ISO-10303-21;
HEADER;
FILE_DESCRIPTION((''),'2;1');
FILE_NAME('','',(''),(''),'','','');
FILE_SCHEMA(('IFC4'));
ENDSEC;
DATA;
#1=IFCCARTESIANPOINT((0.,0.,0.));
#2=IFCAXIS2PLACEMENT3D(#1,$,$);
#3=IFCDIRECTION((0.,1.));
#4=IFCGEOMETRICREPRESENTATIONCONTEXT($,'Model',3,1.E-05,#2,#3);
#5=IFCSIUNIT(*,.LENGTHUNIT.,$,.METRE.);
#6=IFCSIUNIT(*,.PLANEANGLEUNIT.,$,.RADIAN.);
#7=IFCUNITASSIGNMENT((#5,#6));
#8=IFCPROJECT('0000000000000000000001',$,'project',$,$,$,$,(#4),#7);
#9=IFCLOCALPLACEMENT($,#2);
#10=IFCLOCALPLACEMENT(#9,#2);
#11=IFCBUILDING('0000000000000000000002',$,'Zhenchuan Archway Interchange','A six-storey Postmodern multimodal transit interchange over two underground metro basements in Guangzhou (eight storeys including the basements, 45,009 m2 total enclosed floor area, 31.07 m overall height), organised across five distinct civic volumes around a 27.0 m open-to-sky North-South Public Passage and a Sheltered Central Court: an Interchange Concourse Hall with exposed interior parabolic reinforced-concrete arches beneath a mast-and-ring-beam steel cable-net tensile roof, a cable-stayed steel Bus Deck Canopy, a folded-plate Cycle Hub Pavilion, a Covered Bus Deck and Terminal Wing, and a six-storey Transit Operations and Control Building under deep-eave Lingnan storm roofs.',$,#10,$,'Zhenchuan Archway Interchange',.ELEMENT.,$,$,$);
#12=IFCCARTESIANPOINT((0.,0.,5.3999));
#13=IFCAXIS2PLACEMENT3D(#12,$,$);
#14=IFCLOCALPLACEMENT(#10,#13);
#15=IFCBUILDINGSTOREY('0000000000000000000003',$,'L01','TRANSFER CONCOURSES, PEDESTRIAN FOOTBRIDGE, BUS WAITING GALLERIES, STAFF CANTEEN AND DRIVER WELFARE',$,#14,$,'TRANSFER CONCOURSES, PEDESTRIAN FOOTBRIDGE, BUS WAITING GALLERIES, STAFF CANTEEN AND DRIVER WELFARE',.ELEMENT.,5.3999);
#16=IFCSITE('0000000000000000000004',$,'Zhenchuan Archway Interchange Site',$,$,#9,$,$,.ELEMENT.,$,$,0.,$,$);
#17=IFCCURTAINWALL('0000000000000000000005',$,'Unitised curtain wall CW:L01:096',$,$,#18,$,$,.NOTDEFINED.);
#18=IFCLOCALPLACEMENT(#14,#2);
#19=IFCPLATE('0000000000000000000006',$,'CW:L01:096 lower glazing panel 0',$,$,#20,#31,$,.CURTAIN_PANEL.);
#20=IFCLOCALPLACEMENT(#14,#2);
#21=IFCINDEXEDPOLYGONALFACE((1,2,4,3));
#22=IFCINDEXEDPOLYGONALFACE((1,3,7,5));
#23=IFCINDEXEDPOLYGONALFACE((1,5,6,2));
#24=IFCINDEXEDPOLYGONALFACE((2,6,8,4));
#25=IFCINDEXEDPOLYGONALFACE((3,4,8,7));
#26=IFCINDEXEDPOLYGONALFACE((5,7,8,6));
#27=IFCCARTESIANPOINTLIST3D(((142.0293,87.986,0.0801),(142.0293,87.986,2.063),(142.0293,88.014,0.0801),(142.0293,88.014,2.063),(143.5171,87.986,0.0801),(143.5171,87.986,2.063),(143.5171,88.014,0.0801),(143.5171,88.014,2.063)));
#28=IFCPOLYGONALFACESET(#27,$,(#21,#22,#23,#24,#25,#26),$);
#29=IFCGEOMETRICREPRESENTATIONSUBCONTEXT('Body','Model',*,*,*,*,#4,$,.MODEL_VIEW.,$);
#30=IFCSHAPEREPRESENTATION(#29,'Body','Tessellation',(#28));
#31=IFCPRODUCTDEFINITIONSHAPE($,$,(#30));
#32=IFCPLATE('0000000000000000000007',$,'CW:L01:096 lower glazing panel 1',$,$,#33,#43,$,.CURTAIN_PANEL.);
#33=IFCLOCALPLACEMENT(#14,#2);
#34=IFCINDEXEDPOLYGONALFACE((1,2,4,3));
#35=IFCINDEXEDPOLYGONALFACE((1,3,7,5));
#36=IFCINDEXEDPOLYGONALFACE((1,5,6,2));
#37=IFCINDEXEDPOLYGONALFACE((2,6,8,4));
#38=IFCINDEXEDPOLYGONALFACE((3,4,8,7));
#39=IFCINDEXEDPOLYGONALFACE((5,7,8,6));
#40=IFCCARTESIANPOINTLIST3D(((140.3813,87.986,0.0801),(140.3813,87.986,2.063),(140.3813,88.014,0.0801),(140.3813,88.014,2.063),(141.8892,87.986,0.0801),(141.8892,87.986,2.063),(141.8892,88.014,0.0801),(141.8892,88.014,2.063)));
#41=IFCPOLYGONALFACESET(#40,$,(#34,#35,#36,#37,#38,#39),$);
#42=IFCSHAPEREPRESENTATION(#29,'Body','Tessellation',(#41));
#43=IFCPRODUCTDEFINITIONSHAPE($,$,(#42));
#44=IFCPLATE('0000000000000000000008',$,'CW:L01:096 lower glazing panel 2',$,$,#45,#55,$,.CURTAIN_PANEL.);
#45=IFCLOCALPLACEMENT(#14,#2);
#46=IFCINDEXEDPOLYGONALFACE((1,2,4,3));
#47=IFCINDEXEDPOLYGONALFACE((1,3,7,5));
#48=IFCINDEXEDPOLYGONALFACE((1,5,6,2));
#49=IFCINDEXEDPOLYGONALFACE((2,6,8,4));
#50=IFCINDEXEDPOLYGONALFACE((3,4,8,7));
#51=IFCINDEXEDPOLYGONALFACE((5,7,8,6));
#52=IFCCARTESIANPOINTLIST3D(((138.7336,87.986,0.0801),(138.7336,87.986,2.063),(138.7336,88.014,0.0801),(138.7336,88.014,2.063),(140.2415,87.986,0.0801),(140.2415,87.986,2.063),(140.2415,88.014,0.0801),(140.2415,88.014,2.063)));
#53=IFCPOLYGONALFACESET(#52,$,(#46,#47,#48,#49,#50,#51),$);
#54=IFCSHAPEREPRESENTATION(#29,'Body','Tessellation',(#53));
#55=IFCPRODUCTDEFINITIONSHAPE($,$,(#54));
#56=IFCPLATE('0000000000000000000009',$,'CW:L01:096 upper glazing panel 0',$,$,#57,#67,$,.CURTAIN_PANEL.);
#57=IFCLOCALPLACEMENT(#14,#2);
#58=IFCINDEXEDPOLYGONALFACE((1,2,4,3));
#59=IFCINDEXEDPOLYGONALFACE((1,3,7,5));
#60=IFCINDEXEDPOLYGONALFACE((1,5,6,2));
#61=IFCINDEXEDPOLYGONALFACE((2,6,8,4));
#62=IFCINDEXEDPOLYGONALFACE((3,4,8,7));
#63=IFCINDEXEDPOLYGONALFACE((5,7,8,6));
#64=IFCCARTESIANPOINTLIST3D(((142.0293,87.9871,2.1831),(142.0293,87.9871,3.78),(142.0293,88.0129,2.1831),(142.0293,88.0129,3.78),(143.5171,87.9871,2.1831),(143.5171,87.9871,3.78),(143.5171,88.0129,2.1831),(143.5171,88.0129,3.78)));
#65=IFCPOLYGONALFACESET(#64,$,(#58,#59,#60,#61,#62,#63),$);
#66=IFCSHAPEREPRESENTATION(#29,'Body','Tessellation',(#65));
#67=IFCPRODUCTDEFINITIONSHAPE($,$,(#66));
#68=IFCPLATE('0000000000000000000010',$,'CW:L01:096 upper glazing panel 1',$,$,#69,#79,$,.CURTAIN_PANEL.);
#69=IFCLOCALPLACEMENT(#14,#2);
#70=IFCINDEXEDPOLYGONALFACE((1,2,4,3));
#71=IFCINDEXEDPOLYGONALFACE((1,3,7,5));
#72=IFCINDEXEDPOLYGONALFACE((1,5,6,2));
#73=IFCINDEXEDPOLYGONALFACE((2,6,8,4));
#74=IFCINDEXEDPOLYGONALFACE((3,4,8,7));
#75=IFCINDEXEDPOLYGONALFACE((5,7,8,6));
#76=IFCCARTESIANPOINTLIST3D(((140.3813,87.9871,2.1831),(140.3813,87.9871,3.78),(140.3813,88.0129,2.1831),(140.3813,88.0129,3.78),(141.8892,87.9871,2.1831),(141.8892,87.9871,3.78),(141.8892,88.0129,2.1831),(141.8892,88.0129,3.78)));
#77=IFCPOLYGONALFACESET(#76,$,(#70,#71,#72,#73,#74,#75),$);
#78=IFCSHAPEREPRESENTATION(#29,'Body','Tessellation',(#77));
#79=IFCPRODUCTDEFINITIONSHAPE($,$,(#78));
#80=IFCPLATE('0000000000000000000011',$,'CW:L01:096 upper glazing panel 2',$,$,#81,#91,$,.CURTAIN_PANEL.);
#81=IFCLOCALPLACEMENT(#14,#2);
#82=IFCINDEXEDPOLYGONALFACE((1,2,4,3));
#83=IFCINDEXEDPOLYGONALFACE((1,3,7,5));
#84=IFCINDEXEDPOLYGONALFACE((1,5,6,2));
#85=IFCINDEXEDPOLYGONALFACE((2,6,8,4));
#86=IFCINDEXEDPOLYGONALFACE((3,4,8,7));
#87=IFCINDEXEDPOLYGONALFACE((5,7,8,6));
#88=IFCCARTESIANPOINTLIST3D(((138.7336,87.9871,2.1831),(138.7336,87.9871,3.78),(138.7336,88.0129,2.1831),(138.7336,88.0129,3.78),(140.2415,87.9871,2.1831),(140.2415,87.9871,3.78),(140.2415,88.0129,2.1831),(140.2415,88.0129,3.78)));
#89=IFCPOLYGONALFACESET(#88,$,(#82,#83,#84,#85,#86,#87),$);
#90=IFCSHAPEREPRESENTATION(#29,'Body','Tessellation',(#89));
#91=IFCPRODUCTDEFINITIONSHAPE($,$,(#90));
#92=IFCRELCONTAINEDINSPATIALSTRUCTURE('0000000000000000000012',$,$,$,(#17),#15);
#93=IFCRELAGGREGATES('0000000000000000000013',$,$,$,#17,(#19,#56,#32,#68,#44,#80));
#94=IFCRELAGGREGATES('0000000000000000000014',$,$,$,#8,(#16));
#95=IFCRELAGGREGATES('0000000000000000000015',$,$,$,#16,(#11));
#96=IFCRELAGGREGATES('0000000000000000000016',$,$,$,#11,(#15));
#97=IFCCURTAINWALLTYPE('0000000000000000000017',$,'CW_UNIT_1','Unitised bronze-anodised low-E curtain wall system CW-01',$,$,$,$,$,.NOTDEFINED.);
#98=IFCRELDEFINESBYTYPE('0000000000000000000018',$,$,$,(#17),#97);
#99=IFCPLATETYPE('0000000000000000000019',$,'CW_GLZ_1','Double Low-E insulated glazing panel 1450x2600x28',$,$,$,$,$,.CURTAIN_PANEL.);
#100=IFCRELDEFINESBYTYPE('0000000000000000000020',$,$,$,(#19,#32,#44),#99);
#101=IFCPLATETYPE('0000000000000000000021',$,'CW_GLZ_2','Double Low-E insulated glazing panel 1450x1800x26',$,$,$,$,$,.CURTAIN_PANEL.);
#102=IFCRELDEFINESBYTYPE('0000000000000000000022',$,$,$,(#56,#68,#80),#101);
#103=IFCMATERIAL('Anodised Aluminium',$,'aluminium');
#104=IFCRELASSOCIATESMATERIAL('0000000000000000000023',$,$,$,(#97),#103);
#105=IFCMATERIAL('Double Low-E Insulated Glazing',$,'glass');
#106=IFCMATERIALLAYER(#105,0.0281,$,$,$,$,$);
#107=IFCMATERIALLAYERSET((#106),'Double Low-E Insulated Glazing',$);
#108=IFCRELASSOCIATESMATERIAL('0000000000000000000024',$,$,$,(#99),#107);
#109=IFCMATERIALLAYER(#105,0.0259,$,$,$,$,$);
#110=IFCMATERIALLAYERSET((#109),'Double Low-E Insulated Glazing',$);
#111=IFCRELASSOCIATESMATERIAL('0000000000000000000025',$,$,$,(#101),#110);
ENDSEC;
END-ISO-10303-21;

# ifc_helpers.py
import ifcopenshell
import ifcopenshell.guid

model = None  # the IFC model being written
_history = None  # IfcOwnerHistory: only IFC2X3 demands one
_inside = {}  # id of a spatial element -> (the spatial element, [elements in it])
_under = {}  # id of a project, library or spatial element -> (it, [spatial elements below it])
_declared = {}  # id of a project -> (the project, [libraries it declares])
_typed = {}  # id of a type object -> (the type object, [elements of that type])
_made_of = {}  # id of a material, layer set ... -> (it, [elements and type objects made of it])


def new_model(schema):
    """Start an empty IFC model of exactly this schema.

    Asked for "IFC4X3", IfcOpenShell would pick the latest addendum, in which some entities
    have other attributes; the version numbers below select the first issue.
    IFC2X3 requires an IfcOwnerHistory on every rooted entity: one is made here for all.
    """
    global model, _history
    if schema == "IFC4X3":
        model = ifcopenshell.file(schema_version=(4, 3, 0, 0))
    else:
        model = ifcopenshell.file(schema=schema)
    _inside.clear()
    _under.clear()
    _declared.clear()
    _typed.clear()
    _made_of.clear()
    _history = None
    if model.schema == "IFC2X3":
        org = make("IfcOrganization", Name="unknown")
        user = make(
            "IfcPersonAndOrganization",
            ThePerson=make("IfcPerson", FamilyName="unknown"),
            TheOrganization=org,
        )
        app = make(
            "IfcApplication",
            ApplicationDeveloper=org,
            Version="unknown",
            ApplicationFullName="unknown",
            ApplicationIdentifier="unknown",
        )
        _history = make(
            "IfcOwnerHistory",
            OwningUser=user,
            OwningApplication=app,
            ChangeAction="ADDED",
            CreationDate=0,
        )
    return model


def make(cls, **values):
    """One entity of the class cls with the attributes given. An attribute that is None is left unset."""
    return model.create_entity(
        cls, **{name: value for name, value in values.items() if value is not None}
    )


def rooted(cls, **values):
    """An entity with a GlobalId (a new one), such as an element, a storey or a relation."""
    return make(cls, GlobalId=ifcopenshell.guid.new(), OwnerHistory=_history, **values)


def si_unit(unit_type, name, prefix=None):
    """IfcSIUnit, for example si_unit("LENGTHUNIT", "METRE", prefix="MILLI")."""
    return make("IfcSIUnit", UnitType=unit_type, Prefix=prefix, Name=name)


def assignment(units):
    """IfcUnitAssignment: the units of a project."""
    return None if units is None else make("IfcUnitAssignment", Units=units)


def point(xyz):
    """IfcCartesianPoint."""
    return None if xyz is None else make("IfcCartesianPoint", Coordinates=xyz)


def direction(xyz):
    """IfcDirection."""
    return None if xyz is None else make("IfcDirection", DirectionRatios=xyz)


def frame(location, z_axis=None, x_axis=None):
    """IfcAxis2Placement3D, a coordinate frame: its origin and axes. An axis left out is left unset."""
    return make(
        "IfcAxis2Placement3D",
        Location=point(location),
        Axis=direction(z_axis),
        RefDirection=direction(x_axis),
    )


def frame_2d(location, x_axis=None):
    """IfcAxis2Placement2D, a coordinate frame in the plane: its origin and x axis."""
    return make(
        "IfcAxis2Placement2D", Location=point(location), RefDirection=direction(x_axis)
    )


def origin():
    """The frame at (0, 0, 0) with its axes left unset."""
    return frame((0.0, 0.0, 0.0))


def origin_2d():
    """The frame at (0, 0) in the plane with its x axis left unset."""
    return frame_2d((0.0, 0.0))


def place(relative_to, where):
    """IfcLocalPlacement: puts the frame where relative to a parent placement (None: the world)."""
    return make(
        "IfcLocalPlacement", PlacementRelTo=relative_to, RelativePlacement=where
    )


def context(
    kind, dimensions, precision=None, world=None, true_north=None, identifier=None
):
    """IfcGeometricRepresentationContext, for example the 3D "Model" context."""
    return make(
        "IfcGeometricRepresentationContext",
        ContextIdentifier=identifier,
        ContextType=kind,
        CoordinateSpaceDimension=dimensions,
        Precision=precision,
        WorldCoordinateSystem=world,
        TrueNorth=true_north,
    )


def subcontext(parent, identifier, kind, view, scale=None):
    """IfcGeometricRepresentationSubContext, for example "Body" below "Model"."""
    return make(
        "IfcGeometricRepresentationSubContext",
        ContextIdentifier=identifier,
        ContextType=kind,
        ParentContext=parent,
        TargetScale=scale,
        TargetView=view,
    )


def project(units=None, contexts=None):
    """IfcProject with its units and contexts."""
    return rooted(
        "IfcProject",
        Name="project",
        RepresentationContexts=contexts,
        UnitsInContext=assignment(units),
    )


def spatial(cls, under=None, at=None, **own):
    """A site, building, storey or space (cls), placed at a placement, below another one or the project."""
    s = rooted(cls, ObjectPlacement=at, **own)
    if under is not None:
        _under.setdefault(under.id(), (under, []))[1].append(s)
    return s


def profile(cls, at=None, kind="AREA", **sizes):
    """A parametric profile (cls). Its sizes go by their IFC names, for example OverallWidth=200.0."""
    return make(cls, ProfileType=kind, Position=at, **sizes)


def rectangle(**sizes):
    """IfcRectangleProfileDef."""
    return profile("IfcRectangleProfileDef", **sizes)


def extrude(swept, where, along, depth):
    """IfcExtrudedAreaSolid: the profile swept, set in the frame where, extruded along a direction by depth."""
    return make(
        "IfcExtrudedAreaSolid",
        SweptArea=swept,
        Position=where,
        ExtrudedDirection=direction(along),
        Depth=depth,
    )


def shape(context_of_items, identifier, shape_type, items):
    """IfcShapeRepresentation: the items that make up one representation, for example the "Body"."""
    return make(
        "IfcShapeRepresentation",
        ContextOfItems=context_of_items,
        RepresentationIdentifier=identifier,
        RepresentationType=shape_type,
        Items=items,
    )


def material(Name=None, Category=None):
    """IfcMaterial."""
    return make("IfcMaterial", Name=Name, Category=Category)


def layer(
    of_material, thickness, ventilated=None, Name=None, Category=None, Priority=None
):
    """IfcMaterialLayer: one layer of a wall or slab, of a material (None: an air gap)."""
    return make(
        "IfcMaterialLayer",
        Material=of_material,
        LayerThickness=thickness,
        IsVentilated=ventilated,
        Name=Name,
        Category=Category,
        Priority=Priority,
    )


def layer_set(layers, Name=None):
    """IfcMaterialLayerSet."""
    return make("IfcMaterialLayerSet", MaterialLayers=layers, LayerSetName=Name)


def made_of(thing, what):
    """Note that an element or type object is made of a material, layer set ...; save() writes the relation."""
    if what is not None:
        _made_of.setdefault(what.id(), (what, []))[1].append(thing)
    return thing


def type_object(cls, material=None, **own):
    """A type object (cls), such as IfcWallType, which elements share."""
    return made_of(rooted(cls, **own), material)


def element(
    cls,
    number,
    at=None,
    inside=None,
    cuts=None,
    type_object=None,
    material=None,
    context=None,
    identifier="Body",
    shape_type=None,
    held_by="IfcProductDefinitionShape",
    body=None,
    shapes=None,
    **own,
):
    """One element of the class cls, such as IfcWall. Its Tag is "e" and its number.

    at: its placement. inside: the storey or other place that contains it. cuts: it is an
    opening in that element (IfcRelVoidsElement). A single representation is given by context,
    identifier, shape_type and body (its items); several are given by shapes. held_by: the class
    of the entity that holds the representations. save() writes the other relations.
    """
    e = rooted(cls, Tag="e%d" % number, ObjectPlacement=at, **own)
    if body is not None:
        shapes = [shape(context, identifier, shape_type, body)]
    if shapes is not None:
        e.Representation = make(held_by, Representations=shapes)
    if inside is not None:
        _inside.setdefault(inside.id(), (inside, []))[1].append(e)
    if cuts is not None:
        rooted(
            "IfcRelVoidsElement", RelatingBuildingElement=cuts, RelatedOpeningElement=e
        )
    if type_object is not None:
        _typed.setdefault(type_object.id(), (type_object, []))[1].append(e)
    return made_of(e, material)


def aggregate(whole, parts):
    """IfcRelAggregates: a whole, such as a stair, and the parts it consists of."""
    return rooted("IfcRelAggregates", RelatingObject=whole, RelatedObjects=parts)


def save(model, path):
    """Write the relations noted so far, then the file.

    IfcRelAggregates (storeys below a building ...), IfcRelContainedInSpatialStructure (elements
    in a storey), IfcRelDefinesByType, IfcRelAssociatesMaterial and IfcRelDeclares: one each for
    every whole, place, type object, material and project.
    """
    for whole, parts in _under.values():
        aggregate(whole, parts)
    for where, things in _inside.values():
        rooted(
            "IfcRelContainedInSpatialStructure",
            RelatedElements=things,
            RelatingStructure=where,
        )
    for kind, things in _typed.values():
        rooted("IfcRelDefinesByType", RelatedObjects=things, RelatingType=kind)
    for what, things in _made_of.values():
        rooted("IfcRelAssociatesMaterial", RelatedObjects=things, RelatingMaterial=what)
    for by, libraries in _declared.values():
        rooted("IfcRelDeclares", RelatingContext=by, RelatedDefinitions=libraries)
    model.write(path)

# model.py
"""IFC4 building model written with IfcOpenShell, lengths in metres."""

from ifc_helpers import new_model, si_unit, direction, frame, origin, origin_2d, place, context, subcontext, project, spatial, rectangle, extrude, material, layer, layer_set, type_object, element, aggregate, save


model = new_model("IFC4")

# Units and contexts
model_context = context("Model", 3, precision=1e-05, world=origin(), true_north=direction((0.0, 1.0)))
body_context = subcontext(model_context, "Body", "Model", "MODEL_VIEW")
ifc_project = project(units=[si_unit("LENGTHUNIT", "METRE"), si_unit("PLANEANGLEUNIT", "RADIAN")], contexts=[model_context])

# Site, building, storey
site_placement = place(None, origin())
site = spatial("IfcSite", under=ifc_project, at=site_placement, Name="Zhenchuan Archway Interchange Site", CompositionType="ELEMENT", RefElevation=0.0)
building_placement = place(site_placement, origin())
building = spatial("IfcBuilding", under=site, at=building_placement, Name="Zhenchuan Archway Interchange", Description="A six-storey Postmodern multimodal transit interchange over two underground metro basements in Guangzhou (eight storeys including the basements, 45,009 m2 total enclosed floor area, 31.07 m overall height), organised across five distinct civic volumes around a 27.0 m open-to-sky North-South Public Passage and a Sheltered Central Court: an Interchange Concourse Hall with exposed interior parabolic reinforced-concrete arches beneath a mast-and-ring-beam steel cable-net tensile roof, a cable-stayed steel Bus Deck Canopy, a folded-plate Cycle Hub Pavilion, a Covered Bus Deck and Terminal Wing, and a six-storey Transit Operations and Control Building under deep-eave Lingnan storm roofs.", LongName="Zhenchuan Archway Interchange", CompositionType="ELEMENT")
storey_placement = place(building_placement, frame((0.0, 0.0, 5.3999)))
storey = spatial("IfcBuildingStorey", under=building, at=storey_placement, Name="L01", Description="TRANSFER CONCOURSES, PEDESTRIAN FOOTBRIDGE, BUS WAITING GALLERIES, STAFF CANTEEN AND DRIVER WELFARE", LongName="TRANSFER CONCOURSES, PEDESTRIAN FOOTBRIDGE, BUS WAITING GALLERIES, STAFF CANTEEN AND DRIVER WELFARE", CompositionType="ELEMENT", Elevation=5.3999)

# Curtain wall
ifc_material_1 = material(Name="Anodised Aluminium", Category="aluminium")
curtain_wall_type = type_object("IfcCurtainWallType", Name="CW_UNIT_1", Description="Unitised bronze-anodised low-E curtain wall system CW-01", PredefinedType="NOTDEFINED", material=ifc_material_1)
curtain_wall_placement = place(storey_placement, origin())
curtain_wall = element("IfcCurtainWall", 1, at=curtain_wall_placement, inside=storey, type_object=curtain_wall_type, Name="Unitised curtain wall CW:L01:096", PredefinedType="NOTDEFINED")

# Plates
ifc_material_2 = material(Name="Double Low-E Insulated Glazing", Category="glass")
ifc_layer_1 = layer(ifc_material_2, 0.0281)
ifc_layer_set_1 = layer_set([ifc_layer_1], Name="Double Low-E Insulated Glazing")
plate_type_1 = type_object("IfcPlateType", Name="CW_GLZ_1", Description="Double Low-E insulated glazing panel 1450x2600x28", PredefinedType="CURTAIN_PANEL", material=ifc_layer_set_1)
plate_1_placement = place(storey_placement, frame((142.7732, 88.0, 0.0801), z_axis=(0.0, 0.0, 1.0), x_axis=(-1.0, 0.0, 0.0)))
plate_1 = element("IfcPlate", 2, at=plate_1_placement, type_object=plate_type_1, Name="CW:L01:096 lower glazing panel 0", PredefinedType="CURTAIN_PANEL", context=body_context, shape_type="SweptSolid", body=[
    extrude(rectangle(XDim=1.4878, YDim=0.0281, at=origin_2d()), origin(), (0.0, 0.0, 1.0), 1.9829),
])
plate_2_placement = place(storey_placement, frame((141.1353, 88.0, 0.0801), z_axis=(0.0, 0.0, 1.0), x_axis=(-1.0, 0.0, 0.0)))
plate_2 = element("IfcPlate", 3, at=plate_2_placement, type_object=plate_type_1, Name="CW:L01:096 lower glazing panel 1", PredefinedType="CURTAIN_PANEL", context=body_context, shape_type="SweptSolid", body=[
    extrude(rectangle(XDim=1.5078, YDim=0.0281, at=origin_2d()), origin(), (0.0, 0.0, 1.0), 1.9829),
])
plate_3_placement = place(storey_placement, frame((139.4875, 88.0, 0.0801), z_axis=(0.0, 0.0, 1.0), x_axis=(-1.0, 0.0, 0.0)))
plate_3 = element("IfcPlate", 4, at=plate_3_placement, type_object=plate_type_1, Name="CW:L01:096 lower glazing panel 2", PredefinedType="CURTAIN_PANEL", context=body_context, shape_type="SweptSolid", body=[
    extrude(rectangle(XDim=1.5078, YDim=0.0281, at=origin_2d()), origin(), (0.0, 0.0, 1.0), 1.9829),
])
ifc_layer_2 = layer(ifc_material_2, 0.0259)
ifc_layer_set_2 = layer_set([ifc_layer_2], Name="Double Low-E Insulated Glazing")
plate_type_2 = type_object("IfcPlateType", Name="CW_GLZ_2", Description="Double Low-E insulated glazing panel 1450x1800x26", PredefinedType="CURTAIN_PANEL", material=ifc_layer_set_2)
plate_4_placement = place(storey_placement, frame((142.7732, 88.0, 2.1831), z_axis=(0.0, 0.0, 1.0), x_axis=(-1.0, 0.0, 0.0)))
plate_4 = element("IfcPlate", 5, at=plate_4_placement, type_object=plate_type_2, Name="CW:L01:096 upper glazing panel 0", PredefinedType="CURTAIN_PANEL", context=body_context, shape_type="SweptSolid", body=[
    extrude(rectangle(XDim=1.4878, YDim=0.0259, at=origin_2d()), origin(), (0.0, 0.0, 1.0), 1.5969),
])
plate_5_placement = place(storey_placement, frame((141.1353, 88.0, 2.1831), z_axis=(0.0, 0.0, 1.0), x_axis=(-1.0, 0.0, 0.0)))
plate_5 = element("IfcPlate", 6, at=plate_5_placement, type_object=plate_type_2, Name="CW:L01:096 upper glazing panel 1", PredefinedType="CURTAIN_PANEL", context=body_context, shape_type="SweptSolid", body=[
    extrude(rectangle(XDim=1.5078, YDim=0.0259, at=origin_2d()), origin(), (0.0, 0.0, 1.0), 1.5969),
])
plate_6_placement = place(storey_placement, frame((139.4875, 88.0, 2.1831), z_axis=(0.0, 0.0, 1.0), x_axis=(-1.0, 0.0, 0.0)))
plate_6 = element("IfcPlate", 7, at=plate_6_placement, type_object=plate_type_2, Name="CW:L01:096 upper glazing panel 2", PredefinedType="CURTAIN_PANEL", context=body_context, shape_type="SweptSolid", body=[
    extrude(rectangle(XDim=1.5078, YDim=0.0259, at=origin_2d()), origin(), (0.0, 0.0, 1.0), 1.5969),
])
aggregate(curtain_wall, [plate_1, plate_4, plate_2, plate_5, plate_3, plate_6])

save(model, "model.ifc")
